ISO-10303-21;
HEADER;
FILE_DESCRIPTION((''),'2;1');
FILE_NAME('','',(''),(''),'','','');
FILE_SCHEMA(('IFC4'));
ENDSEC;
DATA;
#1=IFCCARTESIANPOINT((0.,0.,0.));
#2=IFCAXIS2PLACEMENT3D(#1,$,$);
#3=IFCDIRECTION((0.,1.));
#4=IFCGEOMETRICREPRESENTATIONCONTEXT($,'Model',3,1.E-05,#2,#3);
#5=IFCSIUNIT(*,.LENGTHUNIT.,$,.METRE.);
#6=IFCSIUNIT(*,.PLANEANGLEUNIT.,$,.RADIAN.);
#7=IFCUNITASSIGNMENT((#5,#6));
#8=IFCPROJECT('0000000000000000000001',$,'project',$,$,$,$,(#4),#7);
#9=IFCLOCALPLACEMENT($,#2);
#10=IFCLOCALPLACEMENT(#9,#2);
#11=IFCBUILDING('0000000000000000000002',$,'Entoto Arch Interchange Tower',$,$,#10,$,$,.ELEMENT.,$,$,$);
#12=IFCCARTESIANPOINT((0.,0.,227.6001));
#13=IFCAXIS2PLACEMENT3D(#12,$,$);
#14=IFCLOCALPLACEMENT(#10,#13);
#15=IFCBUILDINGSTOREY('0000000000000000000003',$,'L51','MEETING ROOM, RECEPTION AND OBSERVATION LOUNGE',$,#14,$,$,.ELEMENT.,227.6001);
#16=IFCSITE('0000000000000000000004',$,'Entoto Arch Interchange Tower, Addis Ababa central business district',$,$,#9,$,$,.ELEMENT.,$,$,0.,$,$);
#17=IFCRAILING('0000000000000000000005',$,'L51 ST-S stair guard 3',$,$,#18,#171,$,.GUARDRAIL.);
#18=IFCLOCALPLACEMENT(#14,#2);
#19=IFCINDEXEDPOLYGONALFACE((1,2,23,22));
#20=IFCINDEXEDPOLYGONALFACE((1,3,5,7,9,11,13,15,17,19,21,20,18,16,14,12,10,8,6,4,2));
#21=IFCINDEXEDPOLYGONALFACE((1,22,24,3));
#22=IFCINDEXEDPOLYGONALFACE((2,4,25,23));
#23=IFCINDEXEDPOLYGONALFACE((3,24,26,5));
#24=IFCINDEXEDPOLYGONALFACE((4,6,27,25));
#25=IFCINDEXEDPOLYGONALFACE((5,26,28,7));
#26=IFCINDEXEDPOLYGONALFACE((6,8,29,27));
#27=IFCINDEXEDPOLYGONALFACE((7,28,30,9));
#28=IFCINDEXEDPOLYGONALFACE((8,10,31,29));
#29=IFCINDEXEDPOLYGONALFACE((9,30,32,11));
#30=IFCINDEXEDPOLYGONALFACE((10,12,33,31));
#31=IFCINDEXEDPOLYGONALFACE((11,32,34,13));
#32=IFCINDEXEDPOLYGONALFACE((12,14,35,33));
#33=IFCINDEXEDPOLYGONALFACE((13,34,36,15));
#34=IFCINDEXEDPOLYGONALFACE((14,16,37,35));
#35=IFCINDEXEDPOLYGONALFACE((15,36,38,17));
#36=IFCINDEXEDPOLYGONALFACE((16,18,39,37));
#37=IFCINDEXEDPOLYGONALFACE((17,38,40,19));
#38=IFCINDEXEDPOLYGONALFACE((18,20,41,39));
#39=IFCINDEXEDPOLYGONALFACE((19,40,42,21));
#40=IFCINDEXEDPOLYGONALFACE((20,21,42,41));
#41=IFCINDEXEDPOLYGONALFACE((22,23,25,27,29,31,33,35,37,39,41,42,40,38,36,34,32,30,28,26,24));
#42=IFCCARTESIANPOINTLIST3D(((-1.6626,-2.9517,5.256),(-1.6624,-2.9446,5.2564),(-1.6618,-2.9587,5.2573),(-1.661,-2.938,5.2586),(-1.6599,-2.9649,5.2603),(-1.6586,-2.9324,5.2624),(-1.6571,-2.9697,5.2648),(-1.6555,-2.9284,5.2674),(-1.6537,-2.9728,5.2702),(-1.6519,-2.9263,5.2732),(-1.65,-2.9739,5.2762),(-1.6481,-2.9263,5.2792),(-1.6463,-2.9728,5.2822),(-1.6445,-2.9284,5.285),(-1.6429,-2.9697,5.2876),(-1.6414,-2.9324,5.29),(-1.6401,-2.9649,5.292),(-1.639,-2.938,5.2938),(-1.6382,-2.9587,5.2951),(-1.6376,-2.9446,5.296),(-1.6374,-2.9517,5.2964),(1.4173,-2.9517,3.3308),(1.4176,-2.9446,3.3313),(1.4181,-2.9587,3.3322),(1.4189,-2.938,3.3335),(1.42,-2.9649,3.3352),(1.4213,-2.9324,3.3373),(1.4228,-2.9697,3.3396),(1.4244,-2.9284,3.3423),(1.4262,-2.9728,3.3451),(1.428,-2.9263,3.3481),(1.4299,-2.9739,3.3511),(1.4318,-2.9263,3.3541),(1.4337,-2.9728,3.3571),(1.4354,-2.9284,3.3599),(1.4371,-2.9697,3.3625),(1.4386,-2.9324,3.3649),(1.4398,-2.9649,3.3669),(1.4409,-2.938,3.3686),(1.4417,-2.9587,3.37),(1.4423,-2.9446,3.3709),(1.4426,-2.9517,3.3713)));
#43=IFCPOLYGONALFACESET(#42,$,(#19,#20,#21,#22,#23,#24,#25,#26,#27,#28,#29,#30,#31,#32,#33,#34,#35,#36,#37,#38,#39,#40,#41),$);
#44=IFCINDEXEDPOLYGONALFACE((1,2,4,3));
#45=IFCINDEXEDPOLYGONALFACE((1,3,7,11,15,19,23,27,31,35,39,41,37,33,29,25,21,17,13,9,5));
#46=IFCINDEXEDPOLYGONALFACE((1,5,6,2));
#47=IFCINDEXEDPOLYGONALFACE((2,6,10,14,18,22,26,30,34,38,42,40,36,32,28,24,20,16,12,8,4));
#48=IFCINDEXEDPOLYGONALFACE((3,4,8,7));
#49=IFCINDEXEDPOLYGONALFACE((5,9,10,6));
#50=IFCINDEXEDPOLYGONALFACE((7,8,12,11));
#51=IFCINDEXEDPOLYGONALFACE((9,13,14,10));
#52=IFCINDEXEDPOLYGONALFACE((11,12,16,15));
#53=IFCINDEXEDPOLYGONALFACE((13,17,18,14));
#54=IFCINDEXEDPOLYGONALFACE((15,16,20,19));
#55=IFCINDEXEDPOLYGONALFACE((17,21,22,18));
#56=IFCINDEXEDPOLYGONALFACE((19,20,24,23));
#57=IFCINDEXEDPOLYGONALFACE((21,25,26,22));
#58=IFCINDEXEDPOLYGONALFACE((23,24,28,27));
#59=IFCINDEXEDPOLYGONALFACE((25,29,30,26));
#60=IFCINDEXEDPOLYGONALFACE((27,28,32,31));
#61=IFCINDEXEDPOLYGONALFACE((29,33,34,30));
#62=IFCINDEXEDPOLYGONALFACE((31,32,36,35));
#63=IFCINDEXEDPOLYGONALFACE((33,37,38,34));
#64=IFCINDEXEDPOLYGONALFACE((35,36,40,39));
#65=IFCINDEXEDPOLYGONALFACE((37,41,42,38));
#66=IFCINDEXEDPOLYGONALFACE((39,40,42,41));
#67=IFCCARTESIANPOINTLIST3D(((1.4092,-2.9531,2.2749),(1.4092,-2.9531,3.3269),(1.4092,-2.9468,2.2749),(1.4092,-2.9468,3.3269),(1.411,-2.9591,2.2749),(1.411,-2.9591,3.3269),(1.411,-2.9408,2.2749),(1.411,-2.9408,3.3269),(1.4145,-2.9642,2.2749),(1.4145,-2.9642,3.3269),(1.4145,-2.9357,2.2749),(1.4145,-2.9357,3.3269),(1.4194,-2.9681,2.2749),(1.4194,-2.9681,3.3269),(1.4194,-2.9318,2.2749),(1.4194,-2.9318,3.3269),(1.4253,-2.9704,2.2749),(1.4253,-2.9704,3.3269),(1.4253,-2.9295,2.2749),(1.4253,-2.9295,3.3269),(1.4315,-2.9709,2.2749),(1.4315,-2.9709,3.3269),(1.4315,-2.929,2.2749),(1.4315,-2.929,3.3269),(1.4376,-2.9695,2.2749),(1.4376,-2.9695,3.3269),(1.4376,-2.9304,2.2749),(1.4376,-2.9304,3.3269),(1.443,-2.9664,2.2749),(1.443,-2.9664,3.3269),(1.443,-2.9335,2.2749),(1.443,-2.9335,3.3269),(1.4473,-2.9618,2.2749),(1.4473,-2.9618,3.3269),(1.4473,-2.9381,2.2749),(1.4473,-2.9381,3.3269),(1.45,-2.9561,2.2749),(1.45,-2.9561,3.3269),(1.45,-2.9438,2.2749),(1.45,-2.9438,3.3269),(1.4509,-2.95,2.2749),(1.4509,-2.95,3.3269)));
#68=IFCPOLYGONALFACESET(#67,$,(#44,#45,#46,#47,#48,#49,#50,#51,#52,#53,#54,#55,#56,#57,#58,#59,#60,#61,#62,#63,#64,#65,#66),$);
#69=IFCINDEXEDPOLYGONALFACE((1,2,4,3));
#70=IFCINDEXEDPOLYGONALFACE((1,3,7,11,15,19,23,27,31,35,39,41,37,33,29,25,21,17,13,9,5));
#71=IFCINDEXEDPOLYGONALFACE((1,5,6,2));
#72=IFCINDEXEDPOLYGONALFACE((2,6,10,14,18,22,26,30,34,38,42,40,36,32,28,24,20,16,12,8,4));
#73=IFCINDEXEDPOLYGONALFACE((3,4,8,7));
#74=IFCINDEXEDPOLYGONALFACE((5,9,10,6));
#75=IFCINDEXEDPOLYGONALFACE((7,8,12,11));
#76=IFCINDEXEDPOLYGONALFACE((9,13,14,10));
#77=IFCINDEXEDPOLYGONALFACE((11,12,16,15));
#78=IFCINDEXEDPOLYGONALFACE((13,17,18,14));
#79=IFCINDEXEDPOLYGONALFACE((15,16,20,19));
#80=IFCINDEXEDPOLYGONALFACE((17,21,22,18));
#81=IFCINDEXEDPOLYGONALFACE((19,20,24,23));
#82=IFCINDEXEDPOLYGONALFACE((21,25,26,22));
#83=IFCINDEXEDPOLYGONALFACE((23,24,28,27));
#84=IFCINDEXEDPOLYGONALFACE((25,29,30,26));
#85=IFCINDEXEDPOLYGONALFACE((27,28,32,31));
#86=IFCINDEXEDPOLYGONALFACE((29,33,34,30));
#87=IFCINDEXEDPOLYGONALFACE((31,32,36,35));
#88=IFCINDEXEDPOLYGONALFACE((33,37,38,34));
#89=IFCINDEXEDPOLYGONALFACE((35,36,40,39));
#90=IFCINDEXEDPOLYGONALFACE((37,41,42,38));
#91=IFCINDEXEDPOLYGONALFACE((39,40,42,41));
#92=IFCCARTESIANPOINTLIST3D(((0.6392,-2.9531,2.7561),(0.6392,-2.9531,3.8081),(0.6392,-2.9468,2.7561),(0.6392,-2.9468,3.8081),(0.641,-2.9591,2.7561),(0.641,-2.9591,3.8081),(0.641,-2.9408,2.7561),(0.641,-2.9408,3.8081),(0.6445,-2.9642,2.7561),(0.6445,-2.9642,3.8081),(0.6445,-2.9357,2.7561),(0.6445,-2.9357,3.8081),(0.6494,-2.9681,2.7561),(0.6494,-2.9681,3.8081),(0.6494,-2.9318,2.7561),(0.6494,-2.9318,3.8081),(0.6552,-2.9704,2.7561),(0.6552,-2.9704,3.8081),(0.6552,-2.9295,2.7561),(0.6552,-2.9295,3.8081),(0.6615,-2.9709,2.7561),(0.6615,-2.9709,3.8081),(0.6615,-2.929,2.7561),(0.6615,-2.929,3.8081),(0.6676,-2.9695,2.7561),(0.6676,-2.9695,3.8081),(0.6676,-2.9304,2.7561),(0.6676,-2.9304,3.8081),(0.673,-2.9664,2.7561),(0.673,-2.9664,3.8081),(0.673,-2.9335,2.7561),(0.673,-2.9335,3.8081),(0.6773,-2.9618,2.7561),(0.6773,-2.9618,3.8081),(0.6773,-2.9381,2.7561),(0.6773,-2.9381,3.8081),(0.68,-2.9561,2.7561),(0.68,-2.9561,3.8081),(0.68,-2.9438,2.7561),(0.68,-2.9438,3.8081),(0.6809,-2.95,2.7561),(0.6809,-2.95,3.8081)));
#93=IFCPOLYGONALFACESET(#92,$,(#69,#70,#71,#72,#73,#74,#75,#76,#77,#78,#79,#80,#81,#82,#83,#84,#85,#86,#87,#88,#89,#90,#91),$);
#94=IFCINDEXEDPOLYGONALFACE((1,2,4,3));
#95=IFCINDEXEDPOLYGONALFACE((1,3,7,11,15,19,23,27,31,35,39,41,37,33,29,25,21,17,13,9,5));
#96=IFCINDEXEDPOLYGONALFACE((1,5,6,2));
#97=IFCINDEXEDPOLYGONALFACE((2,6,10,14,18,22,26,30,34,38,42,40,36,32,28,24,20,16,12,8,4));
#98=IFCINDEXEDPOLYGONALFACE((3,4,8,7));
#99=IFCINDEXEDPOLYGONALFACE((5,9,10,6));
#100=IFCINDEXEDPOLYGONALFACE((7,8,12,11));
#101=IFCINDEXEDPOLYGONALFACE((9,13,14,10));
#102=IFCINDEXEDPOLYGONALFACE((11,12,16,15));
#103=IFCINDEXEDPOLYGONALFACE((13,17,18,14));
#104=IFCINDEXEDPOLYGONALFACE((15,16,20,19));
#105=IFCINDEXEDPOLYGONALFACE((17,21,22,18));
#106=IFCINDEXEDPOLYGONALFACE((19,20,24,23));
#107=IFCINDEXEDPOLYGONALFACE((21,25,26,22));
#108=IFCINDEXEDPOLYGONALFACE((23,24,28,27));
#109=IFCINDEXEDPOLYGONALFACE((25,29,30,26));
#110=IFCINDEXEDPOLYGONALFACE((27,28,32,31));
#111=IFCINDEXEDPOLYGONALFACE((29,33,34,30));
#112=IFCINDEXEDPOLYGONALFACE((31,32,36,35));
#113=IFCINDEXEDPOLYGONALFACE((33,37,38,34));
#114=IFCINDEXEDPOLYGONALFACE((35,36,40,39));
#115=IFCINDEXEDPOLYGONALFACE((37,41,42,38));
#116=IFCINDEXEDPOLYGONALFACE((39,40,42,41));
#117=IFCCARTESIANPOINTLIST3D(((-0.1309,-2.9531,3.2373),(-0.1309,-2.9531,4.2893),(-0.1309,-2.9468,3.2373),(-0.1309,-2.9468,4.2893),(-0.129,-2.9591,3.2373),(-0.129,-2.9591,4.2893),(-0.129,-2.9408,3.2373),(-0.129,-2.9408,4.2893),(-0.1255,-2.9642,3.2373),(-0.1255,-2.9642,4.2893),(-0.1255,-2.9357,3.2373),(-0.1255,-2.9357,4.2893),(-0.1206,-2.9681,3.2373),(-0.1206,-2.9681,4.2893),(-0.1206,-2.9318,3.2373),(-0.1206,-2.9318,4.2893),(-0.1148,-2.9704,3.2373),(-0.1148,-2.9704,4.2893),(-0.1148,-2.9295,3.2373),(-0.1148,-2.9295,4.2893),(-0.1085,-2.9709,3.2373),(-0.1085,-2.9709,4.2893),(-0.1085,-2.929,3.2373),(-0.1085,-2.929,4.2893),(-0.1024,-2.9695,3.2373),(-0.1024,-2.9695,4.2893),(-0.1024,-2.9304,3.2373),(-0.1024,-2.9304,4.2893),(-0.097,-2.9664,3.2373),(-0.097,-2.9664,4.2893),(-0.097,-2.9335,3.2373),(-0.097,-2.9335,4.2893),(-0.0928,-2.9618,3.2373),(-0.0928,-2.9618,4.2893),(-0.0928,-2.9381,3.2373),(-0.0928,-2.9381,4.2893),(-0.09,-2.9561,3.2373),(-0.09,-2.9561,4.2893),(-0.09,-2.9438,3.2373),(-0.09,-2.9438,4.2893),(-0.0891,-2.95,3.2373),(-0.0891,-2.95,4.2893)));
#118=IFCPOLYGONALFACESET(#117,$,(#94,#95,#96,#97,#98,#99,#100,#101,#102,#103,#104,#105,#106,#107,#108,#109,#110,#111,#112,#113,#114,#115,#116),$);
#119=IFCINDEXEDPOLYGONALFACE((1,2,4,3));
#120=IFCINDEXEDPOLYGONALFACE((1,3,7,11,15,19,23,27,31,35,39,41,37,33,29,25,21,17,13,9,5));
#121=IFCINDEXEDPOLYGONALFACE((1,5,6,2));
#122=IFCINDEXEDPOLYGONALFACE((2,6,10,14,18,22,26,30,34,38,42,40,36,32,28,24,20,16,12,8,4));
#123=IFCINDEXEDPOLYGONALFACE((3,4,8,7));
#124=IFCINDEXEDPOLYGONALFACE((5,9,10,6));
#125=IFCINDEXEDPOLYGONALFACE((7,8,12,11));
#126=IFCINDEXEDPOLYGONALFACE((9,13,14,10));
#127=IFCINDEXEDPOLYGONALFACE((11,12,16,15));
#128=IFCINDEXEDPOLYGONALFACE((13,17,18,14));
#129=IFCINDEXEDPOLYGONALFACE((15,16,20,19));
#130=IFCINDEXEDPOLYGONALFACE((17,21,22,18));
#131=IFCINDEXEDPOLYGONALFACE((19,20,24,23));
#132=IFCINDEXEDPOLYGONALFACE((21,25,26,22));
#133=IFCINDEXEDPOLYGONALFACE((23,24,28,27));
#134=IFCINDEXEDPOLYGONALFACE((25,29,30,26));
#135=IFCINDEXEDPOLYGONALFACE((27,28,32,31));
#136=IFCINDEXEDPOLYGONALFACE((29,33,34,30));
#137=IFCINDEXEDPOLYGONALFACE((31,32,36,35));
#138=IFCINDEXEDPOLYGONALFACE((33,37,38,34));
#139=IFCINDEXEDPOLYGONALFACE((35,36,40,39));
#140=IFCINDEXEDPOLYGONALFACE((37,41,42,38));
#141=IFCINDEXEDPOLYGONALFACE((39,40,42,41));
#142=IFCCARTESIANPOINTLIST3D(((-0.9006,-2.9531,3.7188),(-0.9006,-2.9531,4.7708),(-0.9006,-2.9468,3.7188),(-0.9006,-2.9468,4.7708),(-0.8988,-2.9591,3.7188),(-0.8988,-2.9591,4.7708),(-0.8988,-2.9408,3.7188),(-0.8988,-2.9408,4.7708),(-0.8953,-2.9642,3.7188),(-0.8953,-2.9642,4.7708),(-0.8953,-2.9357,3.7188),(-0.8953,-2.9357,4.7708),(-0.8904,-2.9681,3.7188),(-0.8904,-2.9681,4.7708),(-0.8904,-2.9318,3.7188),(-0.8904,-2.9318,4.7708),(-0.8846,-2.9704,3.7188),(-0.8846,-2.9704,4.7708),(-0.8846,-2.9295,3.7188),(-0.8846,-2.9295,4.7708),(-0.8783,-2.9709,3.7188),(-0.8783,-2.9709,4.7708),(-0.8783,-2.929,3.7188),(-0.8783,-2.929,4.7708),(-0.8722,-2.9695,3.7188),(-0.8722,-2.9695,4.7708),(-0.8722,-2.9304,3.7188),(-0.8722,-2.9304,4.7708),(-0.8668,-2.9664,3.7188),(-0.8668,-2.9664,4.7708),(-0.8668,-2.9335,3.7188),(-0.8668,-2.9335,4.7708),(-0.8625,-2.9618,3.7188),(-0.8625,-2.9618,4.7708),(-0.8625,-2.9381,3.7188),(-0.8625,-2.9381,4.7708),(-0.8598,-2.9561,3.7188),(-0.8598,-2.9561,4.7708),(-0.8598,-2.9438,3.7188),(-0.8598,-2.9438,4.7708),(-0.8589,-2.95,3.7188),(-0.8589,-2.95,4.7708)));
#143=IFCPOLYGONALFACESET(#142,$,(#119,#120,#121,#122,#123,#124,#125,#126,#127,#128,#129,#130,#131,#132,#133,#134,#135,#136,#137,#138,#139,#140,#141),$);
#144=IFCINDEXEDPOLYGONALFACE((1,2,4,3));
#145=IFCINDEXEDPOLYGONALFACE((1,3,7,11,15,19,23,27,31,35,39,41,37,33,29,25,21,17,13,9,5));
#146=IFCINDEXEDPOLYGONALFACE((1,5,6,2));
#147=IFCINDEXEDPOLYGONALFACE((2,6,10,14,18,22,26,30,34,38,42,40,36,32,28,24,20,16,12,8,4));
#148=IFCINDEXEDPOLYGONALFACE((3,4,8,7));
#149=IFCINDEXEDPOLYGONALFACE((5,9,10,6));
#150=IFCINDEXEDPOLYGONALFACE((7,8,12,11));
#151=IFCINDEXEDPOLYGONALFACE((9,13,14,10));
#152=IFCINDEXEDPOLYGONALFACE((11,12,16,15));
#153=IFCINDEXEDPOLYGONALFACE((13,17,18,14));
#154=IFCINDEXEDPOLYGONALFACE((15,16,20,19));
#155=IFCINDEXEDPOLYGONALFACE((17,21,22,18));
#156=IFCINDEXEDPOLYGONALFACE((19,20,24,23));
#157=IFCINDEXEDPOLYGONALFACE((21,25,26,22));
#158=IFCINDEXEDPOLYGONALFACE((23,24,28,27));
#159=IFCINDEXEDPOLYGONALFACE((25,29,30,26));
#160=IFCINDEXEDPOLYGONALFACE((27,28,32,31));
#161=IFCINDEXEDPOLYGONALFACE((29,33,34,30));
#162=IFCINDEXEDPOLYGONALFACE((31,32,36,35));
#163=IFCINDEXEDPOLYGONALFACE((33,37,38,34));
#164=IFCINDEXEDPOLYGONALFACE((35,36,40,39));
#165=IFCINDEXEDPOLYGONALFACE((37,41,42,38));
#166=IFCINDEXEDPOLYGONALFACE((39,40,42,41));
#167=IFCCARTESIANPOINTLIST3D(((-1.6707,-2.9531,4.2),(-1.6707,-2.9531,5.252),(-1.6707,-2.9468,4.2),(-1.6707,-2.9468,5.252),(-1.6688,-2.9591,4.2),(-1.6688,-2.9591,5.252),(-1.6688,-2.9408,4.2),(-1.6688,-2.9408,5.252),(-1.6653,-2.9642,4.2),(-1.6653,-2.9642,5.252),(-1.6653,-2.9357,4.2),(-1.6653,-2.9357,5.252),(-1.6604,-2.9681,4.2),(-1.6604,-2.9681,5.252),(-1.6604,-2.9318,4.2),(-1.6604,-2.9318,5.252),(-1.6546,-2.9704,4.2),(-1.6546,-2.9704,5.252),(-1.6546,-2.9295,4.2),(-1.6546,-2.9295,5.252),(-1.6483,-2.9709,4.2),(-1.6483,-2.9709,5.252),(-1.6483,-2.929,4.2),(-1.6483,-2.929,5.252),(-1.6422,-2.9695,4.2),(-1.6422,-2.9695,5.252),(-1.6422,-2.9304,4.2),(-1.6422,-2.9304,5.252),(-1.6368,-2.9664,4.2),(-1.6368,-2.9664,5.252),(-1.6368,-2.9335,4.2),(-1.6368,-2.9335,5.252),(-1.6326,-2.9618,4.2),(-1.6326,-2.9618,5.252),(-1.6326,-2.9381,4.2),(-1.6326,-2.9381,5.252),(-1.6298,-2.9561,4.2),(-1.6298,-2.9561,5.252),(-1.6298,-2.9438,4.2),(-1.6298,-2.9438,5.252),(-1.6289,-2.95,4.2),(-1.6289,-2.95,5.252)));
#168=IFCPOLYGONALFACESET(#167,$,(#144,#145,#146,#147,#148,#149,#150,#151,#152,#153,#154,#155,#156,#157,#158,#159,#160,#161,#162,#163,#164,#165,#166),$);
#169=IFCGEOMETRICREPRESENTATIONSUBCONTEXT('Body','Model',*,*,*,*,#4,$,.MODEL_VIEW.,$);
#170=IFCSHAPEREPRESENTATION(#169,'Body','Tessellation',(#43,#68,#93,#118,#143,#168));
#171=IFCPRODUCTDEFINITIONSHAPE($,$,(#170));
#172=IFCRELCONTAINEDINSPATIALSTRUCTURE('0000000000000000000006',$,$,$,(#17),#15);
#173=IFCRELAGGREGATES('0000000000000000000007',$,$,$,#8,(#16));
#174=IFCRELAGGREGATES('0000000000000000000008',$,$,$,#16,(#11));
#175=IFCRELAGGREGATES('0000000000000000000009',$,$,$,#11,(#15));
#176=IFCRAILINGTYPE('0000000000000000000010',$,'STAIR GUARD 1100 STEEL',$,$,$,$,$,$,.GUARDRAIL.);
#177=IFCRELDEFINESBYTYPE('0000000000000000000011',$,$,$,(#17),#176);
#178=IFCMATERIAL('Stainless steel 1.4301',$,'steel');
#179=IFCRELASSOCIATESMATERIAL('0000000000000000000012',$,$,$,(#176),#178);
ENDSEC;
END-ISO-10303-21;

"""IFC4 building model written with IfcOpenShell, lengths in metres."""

from ifc_helpers import new_model, si_unit, direction, frame, origin, origin_2d, place, context, subcontext, project, spatial, circle, extrude, material, type_object, element, save


model = new_model("IFC4")

# Units and contexts
model_context = context("Model", 3, precision=1e-05, world=origin(), true_north=direction((0.0, 1.0)))
body_context = subcontext(model_context, "Body", "Model", "MODEL_VIEW")
ifc_project = project(units=[si_unit("LENGTHUNIT", "METRE"), si_unit("PLANEANGLEUNIT", "RADIAN")], contexts=[model_context])

# Site, building, storey
site_placement = place(None, origin())
site = spatial("IfcSite", under=ifc_project, at=site_placement, Name="Entoto Arch Interchange Tower, Addis Ababa central business district", CompositionType="ELEMENT", RefElevation=0.0)
building_placement = place(site_placement, origin())
building = spatial("IfcBuilding", under=site, at=building_placement, Name="Entoto Arch Interchange Tower", CompositionType="ELEMENT")
storey_placement = place(building_placement, frame((0.0, 0.0, 227.6001)))
storey = spatial("IfcBuildingStorey", under=building, at=storey_placement, Name="L51", Description="MEETING ROOM, RECEPTION AND OBSERVATION LOUNGE", CompositionType="ELEMENT", Elevation=227.6001)

# Railing
ifc_material_1 = material(Name="Stainless steel 1.4301", Category="steel")
railing_type_1 = type_object("IfcRailingType", Name="STAIR GUARD 1100 STEEL", PredefinedType="GUARDRAIL", material=ifc_material_1)
railing_1_placement = place(storey_placement, frame((1.4299, -2.95, 2.2749)))
element("IfcRailing", 1, at=railing_1_placement, inside=storey, type_object=railing_type_1, Name="L51 ST-S stair guard 3", PredefinedType="GUARDRAIL", context=body_context, shape_type="SweptSolid", body=[
    extrude(circle(Radius=0.0239, at=origin_2d()), frame((0.0, 0.0, 1.0762), z_axis=(-0.847979, 0.0, 0.530029), x_axis=(0.0, -1.0, 0.0)), (0.0, 0.0, 1.0), 3.6321),
    extrude(circle(Radius=0.021, at=origin_2d()), origin(), (0.0, 0.0, 1.0), 1.052),
    extrude(circle(Radius=0.021, at=origin_2d()), frame((-0.77, 0.0, 0.4812)), (0.0, 0.0, 1.0), 1.052),
    extrude(circle(Radius=0.021, at=origin_2d()), frame((-1.54, 0.0, 0.9624)), (0.0, 0.0, 1.0), 1.052),
    extrude(circle(Radius=0.021, at=origin_2d()), frame((-2.3098, 0.0, 1.4438)), (0.0, 0.0, 1.0), 1.052),
    extrude(circle(Radius=0.021, at=origin_2d()), frame((-3.0798, 0.0, 1.925)), (0.0, 0.0, 1.0), 1.052),
])

save(model, "model.ifc")
